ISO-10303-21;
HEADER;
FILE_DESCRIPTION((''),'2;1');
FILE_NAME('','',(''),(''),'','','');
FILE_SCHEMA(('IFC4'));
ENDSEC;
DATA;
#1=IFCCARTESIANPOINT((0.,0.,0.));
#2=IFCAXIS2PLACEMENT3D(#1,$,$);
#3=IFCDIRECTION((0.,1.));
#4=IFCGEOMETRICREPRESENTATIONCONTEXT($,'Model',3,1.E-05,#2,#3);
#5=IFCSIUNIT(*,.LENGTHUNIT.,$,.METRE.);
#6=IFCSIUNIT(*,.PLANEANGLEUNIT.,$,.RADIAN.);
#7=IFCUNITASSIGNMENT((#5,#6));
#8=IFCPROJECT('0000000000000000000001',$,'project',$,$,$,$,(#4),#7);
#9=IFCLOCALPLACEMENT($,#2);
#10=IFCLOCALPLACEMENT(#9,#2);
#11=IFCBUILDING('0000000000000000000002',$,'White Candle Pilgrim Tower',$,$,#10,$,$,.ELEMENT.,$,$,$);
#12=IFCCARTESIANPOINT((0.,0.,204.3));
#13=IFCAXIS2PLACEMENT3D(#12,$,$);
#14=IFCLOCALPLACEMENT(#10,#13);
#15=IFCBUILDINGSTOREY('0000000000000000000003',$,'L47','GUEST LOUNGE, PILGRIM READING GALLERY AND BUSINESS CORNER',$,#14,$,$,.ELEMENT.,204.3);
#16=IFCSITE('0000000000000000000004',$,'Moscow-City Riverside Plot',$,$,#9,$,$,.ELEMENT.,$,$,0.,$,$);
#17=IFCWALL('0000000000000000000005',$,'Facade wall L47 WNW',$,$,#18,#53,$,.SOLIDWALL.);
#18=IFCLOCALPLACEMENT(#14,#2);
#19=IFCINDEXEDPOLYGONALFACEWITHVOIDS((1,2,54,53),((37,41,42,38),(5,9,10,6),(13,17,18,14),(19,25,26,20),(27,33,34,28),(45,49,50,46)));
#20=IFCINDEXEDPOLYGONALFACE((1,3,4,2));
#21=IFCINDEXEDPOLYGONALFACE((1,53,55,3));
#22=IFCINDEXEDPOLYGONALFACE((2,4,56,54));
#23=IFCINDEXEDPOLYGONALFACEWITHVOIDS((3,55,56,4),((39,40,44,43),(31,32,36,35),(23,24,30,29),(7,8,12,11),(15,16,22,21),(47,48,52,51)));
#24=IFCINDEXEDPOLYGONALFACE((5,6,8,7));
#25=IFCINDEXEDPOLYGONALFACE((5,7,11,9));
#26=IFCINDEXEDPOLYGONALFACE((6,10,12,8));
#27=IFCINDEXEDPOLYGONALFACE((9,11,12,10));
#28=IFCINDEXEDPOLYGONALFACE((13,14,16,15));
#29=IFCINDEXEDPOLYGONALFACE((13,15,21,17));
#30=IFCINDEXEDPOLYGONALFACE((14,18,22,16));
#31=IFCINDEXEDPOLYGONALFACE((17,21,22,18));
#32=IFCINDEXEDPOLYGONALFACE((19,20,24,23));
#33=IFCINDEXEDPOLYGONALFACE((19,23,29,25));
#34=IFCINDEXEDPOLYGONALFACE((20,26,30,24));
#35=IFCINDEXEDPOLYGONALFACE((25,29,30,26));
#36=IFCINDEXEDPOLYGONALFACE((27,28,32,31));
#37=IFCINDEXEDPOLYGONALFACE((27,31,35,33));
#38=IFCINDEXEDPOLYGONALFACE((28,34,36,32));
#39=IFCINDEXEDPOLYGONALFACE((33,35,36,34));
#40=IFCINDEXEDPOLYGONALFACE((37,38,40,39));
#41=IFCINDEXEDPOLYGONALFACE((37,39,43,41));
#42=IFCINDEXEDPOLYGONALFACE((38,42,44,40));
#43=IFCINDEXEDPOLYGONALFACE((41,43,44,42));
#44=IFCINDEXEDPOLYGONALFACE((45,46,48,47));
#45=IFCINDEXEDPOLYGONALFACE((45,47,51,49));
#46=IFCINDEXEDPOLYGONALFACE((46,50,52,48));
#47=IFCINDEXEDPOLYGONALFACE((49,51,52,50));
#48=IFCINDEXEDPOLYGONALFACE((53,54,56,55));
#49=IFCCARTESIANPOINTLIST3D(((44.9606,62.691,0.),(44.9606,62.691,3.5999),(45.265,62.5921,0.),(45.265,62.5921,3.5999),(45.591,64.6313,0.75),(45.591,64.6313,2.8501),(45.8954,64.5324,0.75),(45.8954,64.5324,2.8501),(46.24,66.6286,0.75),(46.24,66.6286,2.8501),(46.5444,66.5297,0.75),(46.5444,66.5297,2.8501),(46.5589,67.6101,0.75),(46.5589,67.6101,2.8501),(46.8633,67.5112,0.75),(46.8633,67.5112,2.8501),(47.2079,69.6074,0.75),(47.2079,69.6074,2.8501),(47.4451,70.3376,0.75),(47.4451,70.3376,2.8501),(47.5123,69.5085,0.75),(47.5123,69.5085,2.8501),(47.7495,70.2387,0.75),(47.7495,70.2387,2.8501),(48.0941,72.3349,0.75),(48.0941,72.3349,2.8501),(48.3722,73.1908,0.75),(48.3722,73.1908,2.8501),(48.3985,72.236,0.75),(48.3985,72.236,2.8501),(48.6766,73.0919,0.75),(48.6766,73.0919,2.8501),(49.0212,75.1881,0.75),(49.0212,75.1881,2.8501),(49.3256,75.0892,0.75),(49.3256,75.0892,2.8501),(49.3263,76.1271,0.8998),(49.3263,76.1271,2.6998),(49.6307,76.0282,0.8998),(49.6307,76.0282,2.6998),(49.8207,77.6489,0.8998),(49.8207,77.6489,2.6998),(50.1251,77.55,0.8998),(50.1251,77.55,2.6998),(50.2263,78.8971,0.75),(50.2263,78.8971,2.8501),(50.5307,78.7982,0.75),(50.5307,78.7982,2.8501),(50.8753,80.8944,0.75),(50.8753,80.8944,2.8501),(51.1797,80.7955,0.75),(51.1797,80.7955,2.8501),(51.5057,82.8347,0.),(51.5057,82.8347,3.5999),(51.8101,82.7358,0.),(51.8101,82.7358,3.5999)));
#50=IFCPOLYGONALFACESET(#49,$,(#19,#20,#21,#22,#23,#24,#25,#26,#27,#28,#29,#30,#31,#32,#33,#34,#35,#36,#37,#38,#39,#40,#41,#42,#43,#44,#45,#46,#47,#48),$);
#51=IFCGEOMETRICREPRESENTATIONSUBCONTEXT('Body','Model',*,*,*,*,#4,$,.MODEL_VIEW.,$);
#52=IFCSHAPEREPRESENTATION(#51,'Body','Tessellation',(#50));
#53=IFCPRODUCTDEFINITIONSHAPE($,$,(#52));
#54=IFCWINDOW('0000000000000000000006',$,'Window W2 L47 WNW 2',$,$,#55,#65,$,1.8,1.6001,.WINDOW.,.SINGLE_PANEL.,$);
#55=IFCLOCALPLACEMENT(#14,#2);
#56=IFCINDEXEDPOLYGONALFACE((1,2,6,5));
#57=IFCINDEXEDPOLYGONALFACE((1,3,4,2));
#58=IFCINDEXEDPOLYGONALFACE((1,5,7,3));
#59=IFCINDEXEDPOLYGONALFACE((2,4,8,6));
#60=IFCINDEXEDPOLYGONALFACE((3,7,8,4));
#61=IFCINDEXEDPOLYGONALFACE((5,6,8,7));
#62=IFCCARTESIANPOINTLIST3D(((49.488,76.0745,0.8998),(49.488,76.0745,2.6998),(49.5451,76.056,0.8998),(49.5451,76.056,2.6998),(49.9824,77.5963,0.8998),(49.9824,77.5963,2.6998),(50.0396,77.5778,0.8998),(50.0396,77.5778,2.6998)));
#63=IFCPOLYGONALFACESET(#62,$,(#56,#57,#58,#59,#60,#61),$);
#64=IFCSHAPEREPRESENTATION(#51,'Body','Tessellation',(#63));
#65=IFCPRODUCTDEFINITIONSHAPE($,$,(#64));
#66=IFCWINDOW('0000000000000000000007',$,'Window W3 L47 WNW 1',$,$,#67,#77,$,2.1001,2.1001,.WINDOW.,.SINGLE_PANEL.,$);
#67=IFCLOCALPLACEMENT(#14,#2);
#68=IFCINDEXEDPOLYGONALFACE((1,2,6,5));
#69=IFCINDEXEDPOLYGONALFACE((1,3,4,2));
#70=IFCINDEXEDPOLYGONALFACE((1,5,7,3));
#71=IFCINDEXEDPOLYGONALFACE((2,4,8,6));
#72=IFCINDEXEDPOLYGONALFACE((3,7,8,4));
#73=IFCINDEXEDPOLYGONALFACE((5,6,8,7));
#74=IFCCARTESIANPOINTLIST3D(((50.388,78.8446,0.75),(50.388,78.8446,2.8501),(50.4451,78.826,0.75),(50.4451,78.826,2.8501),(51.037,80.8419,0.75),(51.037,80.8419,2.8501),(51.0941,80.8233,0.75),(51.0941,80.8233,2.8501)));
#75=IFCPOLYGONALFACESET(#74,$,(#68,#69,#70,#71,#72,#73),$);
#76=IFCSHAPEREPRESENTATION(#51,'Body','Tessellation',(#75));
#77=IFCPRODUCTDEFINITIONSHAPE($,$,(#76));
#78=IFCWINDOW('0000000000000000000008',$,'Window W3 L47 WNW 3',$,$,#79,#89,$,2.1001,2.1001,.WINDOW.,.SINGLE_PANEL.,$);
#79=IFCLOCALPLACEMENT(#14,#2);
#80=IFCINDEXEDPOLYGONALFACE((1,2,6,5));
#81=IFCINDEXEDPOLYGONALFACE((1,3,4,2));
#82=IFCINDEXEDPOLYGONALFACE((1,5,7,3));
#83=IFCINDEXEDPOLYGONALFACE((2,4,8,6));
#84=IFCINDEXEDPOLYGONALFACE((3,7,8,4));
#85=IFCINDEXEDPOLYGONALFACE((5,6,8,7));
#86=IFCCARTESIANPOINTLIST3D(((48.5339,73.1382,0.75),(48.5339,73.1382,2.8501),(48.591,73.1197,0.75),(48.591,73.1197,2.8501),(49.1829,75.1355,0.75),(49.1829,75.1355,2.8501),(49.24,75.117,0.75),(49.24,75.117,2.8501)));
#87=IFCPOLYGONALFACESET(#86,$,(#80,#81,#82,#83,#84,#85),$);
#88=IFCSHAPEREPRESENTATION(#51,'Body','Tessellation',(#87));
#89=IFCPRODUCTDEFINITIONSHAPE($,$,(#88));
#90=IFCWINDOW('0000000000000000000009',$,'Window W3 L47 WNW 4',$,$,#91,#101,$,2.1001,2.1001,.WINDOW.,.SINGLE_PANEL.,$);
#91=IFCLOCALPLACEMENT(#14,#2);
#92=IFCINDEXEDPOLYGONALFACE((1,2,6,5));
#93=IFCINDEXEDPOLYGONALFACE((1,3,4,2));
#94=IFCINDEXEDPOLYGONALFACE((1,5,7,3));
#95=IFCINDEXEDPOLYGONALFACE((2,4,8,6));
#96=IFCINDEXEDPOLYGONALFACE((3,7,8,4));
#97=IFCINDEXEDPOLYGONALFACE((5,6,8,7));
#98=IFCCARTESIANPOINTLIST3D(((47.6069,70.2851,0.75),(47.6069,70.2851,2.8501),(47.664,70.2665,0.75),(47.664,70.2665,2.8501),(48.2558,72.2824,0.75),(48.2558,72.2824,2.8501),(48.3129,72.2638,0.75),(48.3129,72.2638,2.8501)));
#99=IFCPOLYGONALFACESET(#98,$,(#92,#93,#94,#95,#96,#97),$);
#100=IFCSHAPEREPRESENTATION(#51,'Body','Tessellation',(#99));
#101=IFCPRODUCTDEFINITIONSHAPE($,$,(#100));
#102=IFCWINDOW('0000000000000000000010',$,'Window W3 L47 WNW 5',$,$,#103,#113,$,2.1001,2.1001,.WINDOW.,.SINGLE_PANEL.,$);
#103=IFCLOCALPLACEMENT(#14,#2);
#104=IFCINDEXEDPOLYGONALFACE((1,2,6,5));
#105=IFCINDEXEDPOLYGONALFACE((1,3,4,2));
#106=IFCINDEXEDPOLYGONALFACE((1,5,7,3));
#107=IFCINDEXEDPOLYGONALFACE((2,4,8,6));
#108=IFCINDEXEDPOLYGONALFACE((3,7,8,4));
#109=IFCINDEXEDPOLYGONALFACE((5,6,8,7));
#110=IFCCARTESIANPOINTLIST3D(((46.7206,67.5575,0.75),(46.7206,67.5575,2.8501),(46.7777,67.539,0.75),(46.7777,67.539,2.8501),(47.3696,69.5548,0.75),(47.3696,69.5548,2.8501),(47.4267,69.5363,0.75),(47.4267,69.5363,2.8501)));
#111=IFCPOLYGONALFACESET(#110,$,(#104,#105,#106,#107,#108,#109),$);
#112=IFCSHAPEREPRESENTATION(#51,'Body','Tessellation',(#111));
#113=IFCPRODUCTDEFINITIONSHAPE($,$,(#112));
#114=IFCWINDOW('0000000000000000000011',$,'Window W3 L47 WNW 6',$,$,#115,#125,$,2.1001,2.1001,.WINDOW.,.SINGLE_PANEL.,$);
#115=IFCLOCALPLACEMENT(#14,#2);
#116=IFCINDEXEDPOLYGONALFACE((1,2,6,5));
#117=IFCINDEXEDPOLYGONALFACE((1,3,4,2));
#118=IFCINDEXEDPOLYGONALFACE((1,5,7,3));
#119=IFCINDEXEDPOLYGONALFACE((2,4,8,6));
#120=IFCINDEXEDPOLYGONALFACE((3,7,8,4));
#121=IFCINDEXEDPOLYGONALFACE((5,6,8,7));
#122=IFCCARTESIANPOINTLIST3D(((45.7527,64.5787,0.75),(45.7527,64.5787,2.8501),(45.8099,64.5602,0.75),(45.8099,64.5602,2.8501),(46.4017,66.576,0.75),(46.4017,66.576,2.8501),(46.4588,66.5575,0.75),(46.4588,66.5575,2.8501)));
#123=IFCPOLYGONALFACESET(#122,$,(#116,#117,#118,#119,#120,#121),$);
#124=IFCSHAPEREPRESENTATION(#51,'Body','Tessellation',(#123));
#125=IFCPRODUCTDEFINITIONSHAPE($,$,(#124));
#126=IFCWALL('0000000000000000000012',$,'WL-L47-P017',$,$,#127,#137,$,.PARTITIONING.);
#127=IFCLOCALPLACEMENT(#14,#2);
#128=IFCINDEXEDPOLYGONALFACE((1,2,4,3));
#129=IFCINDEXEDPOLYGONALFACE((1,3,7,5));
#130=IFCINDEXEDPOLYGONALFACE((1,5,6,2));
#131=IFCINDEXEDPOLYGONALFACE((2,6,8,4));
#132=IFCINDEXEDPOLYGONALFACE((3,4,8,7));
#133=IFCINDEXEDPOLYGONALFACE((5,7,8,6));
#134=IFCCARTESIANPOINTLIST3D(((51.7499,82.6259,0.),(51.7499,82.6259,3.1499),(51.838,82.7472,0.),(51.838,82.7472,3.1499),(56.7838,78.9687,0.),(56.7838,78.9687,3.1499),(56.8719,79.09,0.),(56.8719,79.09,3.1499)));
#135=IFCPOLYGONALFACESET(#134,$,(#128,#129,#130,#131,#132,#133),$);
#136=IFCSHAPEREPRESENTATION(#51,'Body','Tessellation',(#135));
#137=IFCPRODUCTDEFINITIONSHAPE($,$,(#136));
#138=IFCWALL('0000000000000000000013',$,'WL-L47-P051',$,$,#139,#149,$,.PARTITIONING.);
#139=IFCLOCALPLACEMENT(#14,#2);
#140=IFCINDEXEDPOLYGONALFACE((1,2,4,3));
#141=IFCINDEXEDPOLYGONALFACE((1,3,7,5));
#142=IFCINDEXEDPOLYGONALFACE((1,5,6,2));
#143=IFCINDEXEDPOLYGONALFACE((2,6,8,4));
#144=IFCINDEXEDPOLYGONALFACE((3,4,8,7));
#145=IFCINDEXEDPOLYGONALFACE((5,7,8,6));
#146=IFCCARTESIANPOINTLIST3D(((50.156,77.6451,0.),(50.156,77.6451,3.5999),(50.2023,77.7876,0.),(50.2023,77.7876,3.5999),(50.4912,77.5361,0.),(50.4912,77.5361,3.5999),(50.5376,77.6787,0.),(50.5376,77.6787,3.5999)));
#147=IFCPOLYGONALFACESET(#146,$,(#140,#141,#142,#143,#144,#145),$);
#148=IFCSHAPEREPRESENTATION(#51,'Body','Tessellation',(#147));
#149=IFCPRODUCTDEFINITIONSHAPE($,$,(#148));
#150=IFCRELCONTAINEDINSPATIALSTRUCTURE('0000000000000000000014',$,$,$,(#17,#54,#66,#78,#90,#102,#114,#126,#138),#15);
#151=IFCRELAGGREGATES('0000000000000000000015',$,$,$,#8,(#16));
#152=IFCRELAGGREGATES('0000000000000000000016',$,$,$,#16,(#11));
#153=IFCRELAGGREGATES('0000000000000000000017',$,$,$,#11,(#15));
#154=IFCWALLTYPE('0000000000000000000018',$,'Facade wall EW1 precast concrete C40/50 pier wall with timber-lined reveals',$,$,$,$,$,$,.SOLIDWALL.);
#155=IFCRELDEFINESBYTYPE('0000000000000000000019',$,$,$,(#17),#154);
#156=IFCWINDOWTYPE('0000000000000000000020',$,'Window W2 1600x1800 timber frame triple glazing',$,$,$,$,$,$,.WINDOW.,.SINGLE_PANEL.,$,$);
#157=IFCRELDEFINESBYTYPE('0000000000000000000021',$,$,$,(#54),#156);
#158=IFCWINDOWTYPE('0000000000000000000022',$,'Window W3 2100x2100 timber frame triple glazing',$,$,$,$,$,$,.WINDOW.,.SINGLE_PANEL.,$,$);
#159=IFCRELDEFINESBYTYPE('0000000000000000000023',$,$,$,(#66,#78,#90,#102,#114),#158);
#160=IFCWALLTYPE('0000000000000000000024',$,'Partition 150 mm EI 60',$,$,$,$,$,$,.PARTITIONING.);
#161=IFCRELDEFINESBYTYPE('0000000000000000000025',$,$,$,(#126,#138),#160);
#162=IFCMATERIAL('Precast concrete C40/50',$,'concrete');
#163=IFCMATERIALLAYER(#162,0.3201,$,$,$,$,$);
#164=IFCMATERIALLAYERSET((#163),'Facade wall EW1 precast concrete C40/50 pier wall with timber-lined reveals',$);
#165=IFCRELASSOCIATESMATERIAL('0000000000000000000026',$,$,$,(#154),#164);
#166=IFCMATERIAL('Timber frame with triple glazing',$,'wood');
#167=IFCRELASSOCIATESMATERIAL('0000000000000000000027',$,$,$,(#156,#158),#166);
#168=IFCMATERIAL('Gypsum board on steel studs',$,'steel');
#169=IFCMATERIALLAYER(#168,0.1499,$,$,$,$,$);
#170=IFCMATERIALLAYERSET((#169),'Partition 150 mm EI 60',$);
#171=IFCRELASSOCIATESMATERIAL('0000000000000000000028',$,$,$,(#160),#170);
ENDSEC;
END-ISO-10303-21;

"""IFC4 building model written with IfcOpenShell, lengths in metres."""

from ifc_helpers import new_model, si_unit, direction, frame, frame_2d, origin, place, context, subcontext, project, spatial, rectangle, extrude, material, layer, layer_set, type_object, element, fill, save


model = new_model("IFC4")

# Units and contexts
model_context = context("Model", 3, precision=1e-05, world=origin(), true_north=direction((0.0, 1.0)))
body_context = subcontext(model_context, "Body", "Model", "MODEL_VIEW")
ifc_project = project(units=[si_unit("LENGTHUNIT", "METRE"), si_unit("PLANEANGLEUNIT", "RADIAN")], contexts=[model_context])

# Site, building, storey
site_placement = place(None, origin())
site = spatial("IfcSite", under=ifc_project, at=site_placement, Name="Moscow-City Riverside Plot", CompositionType="ELEMENT", RefElevation=0.0)
building_placement = place(site_placement, origin())
building = spatial("IfcBuilding", under=site, at=building_placement, Name="White Candle Pilgrim Tower", CompositionType="ELEMENT")
storey_placement = place(building_placement, frame((0.0, 0.0, 204.3)))
storey = spatial("IfcBuildingStorey", under=building, at=storey_placement, Name="L47", Description="GUEST LOUNGE, PILGRIM READING GALLERY AND BUSINESS CORNER", CompositionType="ELEMENT", Elevation=204.3)

# Shared definitions
ifc_material_1 = material(Name="Precast concrete C40/50", Category="concrete")
ifc_layer_1 = layer(ifc_material_1, 0.3201)
ifc_layer_set_1 = layer_set([ifc_layer_1], Name="Facade wall EW1 precast concrete C40/50 pier wall with timber-lined reveals")
wall_type_1 = type_object("IfcWallType", Name="Facade wall EW1 precast concrete C40/50 pier wall with timber-lined reveals", PredefinedType="SOLIDWALL", material=ifc_layer_set_1)

# Wall, openings, windows
ifc_material_2 = material(Name="Timber frame with triple glazing", Category="wood")
window_type_1 = type_object("IfcWindowType", Name="Window W2 1600x1800 timber frame triple glazing", PartitioningType="SINGLE_PANEL", PredefinedType="WINDOW", material=ifc_material_2)
wall_1_placement = place(storey_placement, frame((51.658, 82.7854, 0.0), z_axis=(0.0, 0.0, 1.0), x_axis=(-0.309019, -0.951056, 0.0)))
wall_1 = element("IfcWall", 1, at=wall_1_placement, inside=storey, type_object=wall_type_1, Name="Facade wall L47 WNW", PredefinedType="SOLIDWALL", context=body_context, shape_type="SweptSolid", body=[
    extrude(rectangle(XDim=21.1804, YDim=0.3201, at=frame_2d((10.5903, 0.0))), origin(), (0.0, 0.0, 1.0), 3.5999),
])
opening_1_placement = place(wall_1_placement, frame((2.0403, 0.0, 0.75)))
opening_1 = element("IfcOpeningElement", 2, at=opening_1_placement, cuts=wall_1, PredefinedType="OPENING", context=body_context, shape_type="SweptSolid", body=[
    extrude(rectangle(XDim=2.1001, YDim=2.1001, at=frame_2d((1.05, 1.05))), frame((0.0, 0.1699, 0.0), z_axis=(0.0, -1.0, 0.0), x_axis=(1.0, 0.0, 0.0)), (0.0, 0.0, 1.0), 0.3401),
])
opening_2_placement = place(wall_1_placement, frame((5.4529, 0.0, 0.8999)))
opening_2 = element("IfcOpeningElement", 3, at=opening_2_placement, cuts=wall_1, PredefinedType="OPENING", context=body_context, shape_type="SweptSolid", body=[
    extrude(rectangle(XDim=1.6001, YDim=1.8, at=frame_2d((0.8, 0.8999))), frame((0.0, 0.1699, 0.0), z_axis=(0.0, -1.0, 0.0), x_axis=(1.0, 0.0, 0.0)), (0.0, 0.0, 1.0), 0.3401),
])
opening_3_placement = place(wall_1_placement, frame((8.0403, 0.0, 0.75)))
opening_3 = element("IfcOpeningElement", 4, at=opening_3_placement, cuts=wall_1, PredefinedType="OPENING", context=body_context, shape_type="SweptSolid", body=[
    extrude(rectangle(XDim=2.1001, YDim=2.1001, at=frame_2d((1.05, 1.05))), frame((0.0, 0.1699, 0.0), z_axis=(0.0, -1.0, 0.0), x_axis=(1.0, 0.0, 0.0)), (0.0, 0.0, 1.0), 0.3401),
])
opening_4_placement = place(wall_1_placement, frame((11.0403, 0.0, 0.75)))
opening_4 = element("IfcOpeningElement", 5, at=opening_4_placement, cuts=wall_1, PredefinedType="OPENING", context=body_context, shape_type="SweptSolid", body=[
    extrude(rectangle(XDim=2.1001, YDim=2.1001, at=frame_2d((1.05, 1.05))), frame((0.0, 0.1699, 0.0), z_axis=(0.0, -1.0, 0.0), x_axis=(1.0, 0.0, 0.0)), (0.0, 0.0, 1.0), 0.3401),
])
opening_5_placement = place(wall_1_placement, frame((13.9082, 0.0, 0.75)))
opening_5 = element("IfcOpeningElement", 6, at=opening_5_placement, cuts=wall_1, PredefinedType="OPENING", context=body_context, shape_type="SweptSolid", body=[
    extrude(rectangle(XDim=2.1001, YDim=2.1001, at=frame_2d((1.05, 1.05))), frame((0.0, 0.1699, 0.0), z_axis=(0.0, -1.0, 0.0), x_axis=(1.0, 0.0, 0.0)), (0.0, 0.0, 1.0), 0.3401),
])
opening_6_placement = place(wall_1_placement, frame((17.0403, 0.0, 0.75)))
opening_6 = element("IfcOpeningElement", 7, at=opening_6_placement, cuts=wall_1, PredefinedType="OPENING", context=body_context, shape_type="SweptSolid", body=[
    extrude(rectangle(XDim=2.1001, YDim=2.1001, at=frame_2d((1.05, 1.05))), frame((0.0, 0.1699, 0.0), z_axis=(0.0, -1.0, 0.0), x_axis=(1.0, 0.0, 0.0)), (0.0, 0.0, 1.0), 0.3401),
])
window_1_placement = place(opening_2_placement, origin())
window_1 = element("IfcWindow", 8, at=window_1_placement, inside=storey, type_object=window_type_1, Name="Window W2 L47 WNW 2", OverallHeight=1.8, OverallWidth=1.6001, PartitioningType="SINGLE_PANEL", PredefinedType="WINDOW", context=body_context, shape_type="SweptSolid", body=[
    extrude(rectangle(XDim=1.6001, YDim=1.8, at=frame_2d((0.8, 0.8999))), frame((0.0, 0.0701, 0.0), z_axis=(0.0, -1.0, 0.0), x_axis=(1.0, 0.0, 0.0)), (0.0, 0.0, 1.0), 0.0601),
])
fill(opening_2, window_1)
window_type_2 = type_object("IfcWindowType", Name="Window W3 2100x2100 timber frame triple glazing", PartitioningType="SINGLE_PANEL", PredefinedType="WINDOW", material=ifc_material_2)
window_2_placement = place(opening_1_placement, origin())
window_2 = element("IfcWindow", 9, at=window_2_placement, inside=storey, type_object=window_type_2, Name="Window W3 L47 WNW 1", OverallHeight=2.1001, OverallWidth=2.1001, PartitioningType="SINGLE_PANEL", PredefinedType="WINDOW", context=body_context, shape_type="SweptSolid", body=[
    extrude(rectangle(XDim=2.1001, YDim=2.1001, at=frame_2d((1.05, 1.05))), frame((0.0, 0.0701, 0.0), z_axis=(0.0, -1.0, 0.0), x_axis=(1.0, 0.0, 0.0)), (0.0, 0.0, 1.0), 0.0601),
])
fill(opening_1, window_2)
window_3_placement = place(opening_3_placement, origin())
window_3 = element("IfcWindow", 10, at=window_3_placement, inside=storey, type_object=window_type_2, Name="Window W3 L47 WNW 3", OverallHeight=2.1001, OverallWidth=2.1001, PartitioningType="SINGLE_PANEL", PredefinedType="WINDOW", context=body_context, shape_type="SweptSolid", body=[
    extrude(rectangle(XDim=2.1001, YDim=2.1001, at=frame_2d((1.05, 1.05))), frame((0.0, 0.0701, 0.0), z_axis=(0.0, -1.0, 0.0), x_axis=(1.0, 0.0, 0.0)), (0.0, 0.0, 1.0), 0.0601),
])
fill(opening_3, window_3)
window_4_placement = place(opening_4_placement, origin())
window_4 = element("IfcWindow", 11, at=window_4_placement, inside=storey, type_object=window_type_2, Name="Window W3 L47 WNW 4", OverallHeight=2.1001, OverallWidth=2.1001, PartitioningType="SINGLE_PANEL", PredefinedType="WINDOW", context=body_context, shape_type="SweptSolid", body=[
    extrude(rectangle(XDim=2.1001, YDim=2.1001, at=frame_2d((1.05, 1.05))), frame((0.0, 0.0701, 0.0), z_axis=(0.0, -1.0, 0.0), x_axis=(1.0, 0.0, 0.0)), (0.0, 0.0, 1.0), 0.0601),
])
fill(opening_4, window_4)
window_5_placement = place(opening_5_placement, origin())
window_5 = element("IfcWindow", 12, at=window_5_placement, inside=storey, type_object=window_type_2, Name="Window W3 L47 WNW 5", OverallHeight=2.1001, OverallWidth=2.1001, PartitioningType="SINGLE_PANEL", PredefinedType="WINDOW", context=body_context, shape_type="SweptSolid", body=[
    extrude(rectangle(XDim=2.1001, YDim=2.1001, at=frame_2d((1.05, 1.05))), frame((0.0, 0.0701, 0.0), z_axis=(0.0, -1.0, 0.0), x_axis=(1.0, 0.0, 0.0)), (0.0, 0.0, 1.0), 0.0601),
])
fill(opening_5, window_5)
window_6_placement = place(opening_6_placement, origin())
window_6 = element("IfcWindow", 13, at=window_6_placement, inside=storey, type_object=window_type_2, Name="Window W3 L47 WNW 6", OverallHeight=2.1001, OverallWidth=2.1001, PartitioningType="SINGLE_PANEL", PredefinedType="WINDOW", context=body_context, shape_type="SweptSolid", body=[
    extrude(rectangle(XDim=2.1001, YDim=2.1001, at=frame_2d((1.05, 1.05))), frame((0.0, 0.0701, 0.0), z_axis=(0.0, -1.0, 0.0), x_axis=(1.0, 0.0, 0.0)), (0.0, 0.0, 1.0), 0.0601),
])
fill(opening_6, window_6)

# Walls
ifc_material_3 = material(Name="Gypsum board on steel studs", Category="steel")
ifc_layer_2 = layer(ifc_material_3, 0.1499)
ifc_layer_set_2 = layer_set([ifc_layer_2], Name="Partition 150 mm EI 60")
wall_type_2 = type_object("IfcWallType", Name="Partition 150 mm EI 60", PredefinedType="PARTITIONING", material=ifc_layer_set_2)
wall_2_placement = place(storey_placement, frame((51.7939, 82.6865, 0.0), z_axis=(0.0, 0.0, 1.0), x_axis=(0.809028, -0.58777, 0.0)))
element("IfcWall", 14, at=wall_2_placement, inside=storey, type_object=wall_type_2, Name="WL-L47-P017", PredefinedType="PARTITIONING", context=body_context, shape_type="SweptSolid", body=[
    extrude(rectangle(XDim=6.2222, YDim=0.1499, at=frame_2d((3.1111, 0.0))), origin(), (0.0, 0.0, 1.0), 3.1499),
])
wall_3_placement = place(storey_placement, frame((50.5144, 77.6074, 0.0), z_axis=(0.0, 0.0, 1.0), x_axis=(-0.95108, 0.308945, 0.0)))
element("IfcWall", 15, at=wall_3_placement, inside=storey, type_object=wall_type_2, Name="WL-L47-P051", PredefinedType="PARTITIONING", context=body_context, shape_type="SweptSolid", body=[
    extrude(rectangle(XDim=0.3525, YDim=0.1499, at=frame_2d((0.1763, 0.0))), origin(), (0.0, 0.0, 1.0), 3.5999),
])

save(model, "model.ifc")
